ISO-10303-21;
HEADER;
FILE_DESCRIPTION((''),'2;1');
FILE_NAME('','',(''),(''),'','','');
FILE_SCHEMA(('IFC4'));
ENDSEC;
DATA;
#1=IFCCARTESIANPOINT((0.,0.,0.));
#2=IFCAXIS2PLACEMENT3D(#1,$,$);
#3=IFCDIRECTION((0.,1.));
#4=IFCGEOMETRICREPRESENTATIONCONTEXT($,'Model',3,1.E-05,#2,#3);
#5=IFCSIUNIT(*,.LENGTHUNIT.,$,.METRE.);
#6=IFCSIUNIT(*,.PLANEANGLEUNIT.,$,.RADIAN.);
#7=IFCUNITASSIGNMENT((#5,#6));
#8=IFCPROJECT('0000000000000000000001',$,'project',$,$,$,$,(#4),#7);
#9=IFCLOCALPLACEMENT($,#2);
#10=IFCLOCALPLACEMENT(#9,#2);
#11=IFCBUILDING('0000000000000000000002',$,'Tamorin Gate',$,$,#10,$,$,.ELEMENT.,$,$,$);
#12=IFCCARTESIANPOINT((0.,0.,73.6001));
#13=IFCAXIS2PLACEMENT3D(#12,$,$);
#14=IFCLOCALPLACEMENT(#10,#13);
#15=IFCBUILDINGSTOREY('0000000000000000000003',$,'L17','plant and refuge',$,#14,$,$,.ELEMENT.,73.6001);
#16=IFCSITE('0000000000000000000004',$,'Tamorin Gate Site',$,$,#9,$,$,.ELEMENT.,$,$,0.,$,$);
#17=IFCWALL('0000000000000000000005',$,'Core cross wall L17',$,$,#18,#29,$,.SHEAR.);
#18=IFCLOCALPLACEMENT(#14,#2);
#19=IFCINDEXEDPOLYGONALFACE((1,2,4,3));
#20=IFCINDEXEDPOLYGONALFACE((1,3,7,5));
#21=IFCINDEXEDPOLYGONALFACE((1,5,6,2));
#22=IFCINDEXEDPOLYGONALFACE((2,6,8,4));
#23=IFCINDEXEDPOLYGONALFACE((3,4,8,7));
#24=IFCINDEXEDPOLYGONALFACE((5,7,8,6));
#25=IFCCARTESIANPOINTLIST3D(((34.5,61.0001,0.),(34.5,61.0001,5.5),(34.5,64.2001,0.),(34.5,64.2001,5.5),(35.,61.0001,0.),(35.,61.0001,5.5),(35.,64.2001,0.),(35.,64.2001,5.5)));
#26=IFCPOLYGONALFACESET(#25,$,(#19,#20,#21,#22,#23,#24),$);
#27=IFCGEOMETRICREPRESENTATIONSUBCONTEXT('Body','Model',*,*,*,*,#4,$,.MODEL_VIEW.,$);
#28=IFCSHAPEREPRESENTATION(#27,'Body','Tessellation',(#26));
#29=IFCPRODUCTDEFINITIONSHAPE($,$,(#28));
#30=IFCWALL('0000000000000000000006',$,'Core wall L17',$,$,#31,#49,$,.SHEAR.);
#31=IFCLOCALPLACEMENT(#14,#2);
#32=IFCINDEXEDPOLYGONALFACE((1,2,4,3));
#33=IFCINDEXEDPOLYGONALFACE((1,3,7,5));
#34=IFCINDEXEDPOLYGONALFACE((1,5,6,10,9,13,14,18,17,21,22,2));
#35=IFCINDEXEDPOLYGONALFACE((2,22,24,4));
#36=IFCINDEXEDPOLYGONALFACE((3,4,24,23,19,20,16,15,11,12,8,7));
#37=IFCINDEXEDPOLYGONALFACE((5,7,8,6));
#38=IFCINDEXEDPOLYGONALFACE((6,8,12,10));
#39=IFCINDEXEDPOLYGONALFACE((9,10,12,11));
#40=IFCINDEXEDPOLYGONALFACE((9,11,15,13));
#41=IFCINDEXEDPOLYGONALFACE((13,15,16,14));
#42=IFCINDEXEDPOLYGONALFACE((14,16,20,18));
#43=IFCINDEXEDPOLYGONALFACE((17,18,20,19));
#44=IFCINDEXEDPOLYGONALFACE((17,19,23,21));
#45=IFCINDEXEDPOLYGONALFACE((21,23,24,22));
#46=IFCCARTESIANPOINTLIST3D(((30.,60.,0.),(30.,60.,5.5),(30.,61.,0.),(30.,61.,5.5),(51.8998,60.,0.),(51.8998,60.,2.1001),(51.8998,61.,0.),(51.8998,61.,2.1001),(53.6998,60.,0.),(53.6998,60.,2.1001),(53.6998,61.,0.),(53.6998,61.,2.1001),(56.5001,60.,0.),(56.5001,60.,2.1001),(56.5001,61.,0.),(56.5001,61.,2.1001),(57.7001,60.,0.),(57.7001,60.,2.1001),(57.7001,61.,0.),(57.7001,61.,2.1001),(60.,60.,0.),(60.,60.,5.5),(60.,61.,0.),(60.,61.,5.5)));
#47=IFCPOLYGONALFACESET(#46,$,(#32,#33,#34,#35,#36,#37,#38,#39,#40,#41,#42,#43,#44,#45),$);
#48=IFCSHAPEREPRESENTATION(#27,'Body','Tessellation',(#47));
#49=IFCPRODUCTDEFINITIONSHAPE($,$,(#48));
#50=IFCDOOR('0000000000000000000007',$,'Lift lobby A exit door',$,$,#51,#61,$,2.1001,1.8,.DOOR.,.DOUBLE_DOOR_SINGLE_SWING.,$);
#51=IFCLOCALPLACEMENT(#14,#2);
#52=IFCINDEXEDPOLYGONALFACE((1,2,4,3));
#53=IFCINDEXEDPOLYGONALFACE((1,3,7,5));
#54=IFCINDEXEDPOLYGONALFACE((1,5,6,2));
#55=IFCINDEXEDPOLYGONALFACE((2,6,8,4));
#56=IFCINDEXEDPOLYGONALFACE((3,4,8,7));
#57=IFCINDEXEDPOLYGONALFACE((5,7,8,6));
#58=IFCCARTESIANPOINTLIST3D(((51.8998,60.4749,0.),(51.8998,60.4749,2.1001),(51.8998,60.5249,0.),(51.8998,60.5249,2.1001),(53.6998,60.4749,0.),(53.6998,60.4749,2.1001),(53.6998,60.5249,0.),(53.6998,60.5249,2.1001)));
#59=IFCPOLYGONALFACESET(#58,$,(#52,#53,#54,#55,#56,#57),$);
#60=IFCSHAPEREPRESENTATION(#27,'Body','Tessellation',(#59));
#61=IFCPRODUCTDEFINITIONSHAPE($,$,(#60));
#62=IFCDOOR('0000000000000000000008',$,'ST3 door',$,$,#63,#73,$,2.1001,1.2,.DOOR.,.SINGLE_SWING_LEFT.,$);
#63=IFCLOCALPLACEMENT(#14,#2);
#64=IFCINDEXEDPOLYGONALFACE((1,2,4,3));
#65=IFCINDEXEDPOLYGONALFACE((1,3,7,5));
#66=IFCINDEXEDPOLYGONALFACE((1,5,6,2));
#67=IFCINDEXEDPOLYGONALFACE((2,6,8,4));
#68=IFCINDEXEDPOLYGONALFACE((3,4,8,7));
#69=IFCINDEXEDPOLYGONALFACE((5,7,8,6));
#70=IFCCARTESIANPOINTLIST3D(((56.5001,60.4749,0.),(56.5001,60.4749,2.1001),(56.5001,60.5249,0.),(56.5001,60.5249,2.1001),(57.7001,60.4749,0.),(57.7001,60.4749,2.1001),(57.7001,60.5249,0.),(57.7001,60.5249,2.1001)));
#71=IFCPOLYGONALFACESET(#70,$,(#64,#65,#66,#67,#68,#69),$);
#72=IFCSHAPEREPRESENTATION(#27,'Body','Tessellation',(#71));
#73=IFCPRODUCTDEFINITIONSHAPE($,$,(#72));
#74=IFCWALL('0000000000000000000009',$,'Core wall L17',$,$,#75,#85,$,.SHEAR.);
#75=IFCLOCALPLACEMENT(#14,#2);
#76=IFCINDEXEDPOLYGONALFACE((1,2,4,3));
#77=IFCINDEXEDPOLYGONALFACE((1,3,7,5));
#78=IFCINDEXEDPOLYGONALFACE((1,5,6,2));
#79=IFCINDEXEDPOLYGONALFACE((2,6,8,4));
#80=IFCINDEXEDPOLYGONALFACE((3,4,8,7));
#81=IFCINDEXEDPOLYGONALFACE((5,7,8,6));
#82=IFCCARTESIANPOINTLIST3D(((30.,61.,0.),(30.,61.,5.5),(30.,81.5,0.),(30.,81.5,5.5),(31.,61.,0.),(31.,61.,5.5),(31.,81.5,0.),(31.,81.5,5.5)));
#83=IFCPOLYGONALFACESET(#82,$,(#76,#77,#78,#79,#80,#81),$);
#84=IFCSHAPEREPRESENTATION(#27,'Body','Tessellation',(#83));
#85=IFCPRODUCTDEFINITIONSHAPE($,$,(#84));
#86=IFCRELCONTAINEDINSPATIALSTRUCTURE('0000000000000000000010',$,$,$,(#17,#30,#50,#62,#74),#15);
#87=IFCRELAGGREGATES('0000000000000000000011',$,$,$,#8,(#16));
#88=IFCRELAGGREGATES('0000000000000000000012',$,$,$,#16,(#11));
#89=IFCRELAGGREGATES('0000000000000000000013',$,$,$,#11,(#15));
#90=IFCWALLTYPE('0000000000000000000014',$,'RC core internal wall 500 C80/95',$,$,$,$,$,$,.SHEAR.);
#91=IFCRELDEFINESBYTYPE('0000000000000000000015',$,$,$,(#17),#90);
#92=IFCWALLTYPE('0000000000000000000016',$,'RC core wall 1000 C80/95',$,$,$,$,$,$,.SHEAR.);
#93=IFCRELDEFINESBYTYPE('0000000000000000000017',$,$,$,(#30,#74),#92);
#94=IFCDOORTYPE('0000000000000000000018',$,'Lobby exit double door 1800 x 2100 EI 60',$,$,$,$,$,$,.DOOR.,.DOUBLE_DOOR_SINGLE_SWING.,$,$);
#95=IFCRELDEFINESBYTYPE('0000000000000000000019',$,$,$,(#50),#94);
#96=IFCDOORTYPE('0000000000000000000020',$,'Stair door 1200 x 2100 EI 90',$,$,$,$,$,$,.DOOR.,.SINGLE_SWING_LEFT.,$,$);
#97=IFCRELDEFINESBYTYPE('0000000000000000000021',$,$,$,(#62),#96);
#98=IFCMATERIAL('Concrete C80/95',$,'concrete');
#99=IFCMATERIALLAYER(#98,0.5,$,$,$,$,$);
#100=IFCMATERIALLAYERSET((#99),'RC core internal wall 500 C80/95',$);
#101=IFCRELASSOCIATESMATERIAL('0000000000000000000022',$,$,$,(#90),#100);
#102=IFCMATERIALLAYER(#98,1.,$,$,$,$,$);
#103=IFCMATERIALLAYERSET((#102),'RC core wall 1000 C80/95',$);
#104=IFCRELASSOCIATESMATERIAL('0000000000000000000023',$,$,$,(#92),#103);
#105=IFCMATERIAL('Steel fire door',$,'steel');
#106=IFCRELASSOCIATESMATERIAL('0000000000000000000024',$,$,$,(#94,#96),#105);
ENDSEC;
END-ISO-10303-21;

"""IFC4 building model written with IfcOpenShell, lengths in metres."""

from ifc_helpers import new_model, si_unit, direction, frame, frame_2d, origin, place, context, subcontext, project, spatial, rectangle, extrude, material, layer, layer_set, type_object, element, fill, save


model = new_model("IFC4")

# Units and contexts
model_context = context("Model", 3, precision=1e-05, world=origin(), true_north=direction((0.0, 1.0)))
body_context = subcontext(model_context, "Body", "Model", "MODEL_VIEW")
ifc_project = project(units=[si_unit("LENGTHUNIT", "METRE"), si_unit("PLANEANGLEUNIT", "RADIAN")], contexts=[model_context])

# Site, building, storey
site_placement = place(None, origin())
site = spatial("IfcSite", under=ifc_project, at=site_placement, Name="Tamorin Gate Site", CompositionType="ELEMENT", RefElevation=0.0)
building_placement = place(site_placement, origin())
building = spatial("IfcBuilding", under=site, at=building_placement, Name="Tamorin Gate", CompositionType="ELEMENT")
storey_placement = place(building_placement, frame((0.0, 0.0, 73.6001)))
storey = spatial("IfcBuildingStorey", under=building, at=storey_placement, Name="L17", Description="plant and refuge", CompositionType="ELEMENT", Elevation=73.6001)

# Shared definitions
ifc_material_1 = material(Name="Concrete C80/95", Category="concrete")

# Wall
ifc_layer_1 = layer(ifc_material_1, 0.5)
ifc_layer_set_1 = layer_set([ifc_layer_1], Name="RC core internal wall 500 C80/95")
wall_type_1 = type_object("IfcWallType", Name="RC core internal wall 500 C80/95", PredefinedType="SHEAR", material=ifc_layer_set_1)
wall_1_placement = place(storey_placement, frame((34.75, 61.0, 0.0), z_axis=(0.0, 0.0, 1.0), x_axis=(0.0, 1.0, 0.0)))
element("IfcWall", 1, at=wall_1_placement, inside=storey, type_object=wall_type_1, Name="Core cross wall L17", PredefinedType="SHEAR", context=body_context, shape_type="SweptSolid", body=[
    extrude(rectangle(XDim=3.2, YDim=0.5, at=frame_2d((1.6001, 0.0))), origin(), (0.0, 0.0, 1.0), 5.5),
])

# Wall, openings, doors
ifc_layer_2 = layer(ifc_material_1, 1.0)
ifc_layer_set_2 = layer_set([ifc_layer_2], Name="RC core wall 1000 C80/95")
wall_type_2 = type_object("IfcWallType", Name="RC core wall 1000 C80/95", PredefinedType="SHEAR", material=ifc_layer_set_2)
wall_2_placement = place(storey_placement, frame((30.0, 60.5, 0.0), z_axis=(0.0, 0.0, 1.0), x_axis=(1.0, 0.0, 0.0)))
wall_2 = element("IfcWall", 2, at=wall_2_placement, inside=storey, type_object=wall_type_2, Name="Core wall L17", PredefinedType="SHEAR", context=body_context, shape_type="SweptSolid", body=[
    extrude(rectangle(XDim=30.0, YDim=1.0, at=frame_2d((15.0, 0.0))), origin(), (0.0, 0.0, 1.0), 5.5),
])
opening_1_placement = place(wall_2_placement, frame((21.8999, 0.0, 0.0)))
opening_1 = element("IfcOpeningElement", 3, at=opening_1_placement, cuts=wall_2, PredefinedType="OPENING", context=body_context, shape_type="SweptSolid", body=[
    extrude(rectangle(XDim=1.8, YDim=2.1001, at=frame_2d((0.8999, 1.05))), frame((0.0, 0.51, 0.0), z_axis=(0.0, -1.0, 0.0), x_axis=(1.0, 0.0, 0.0)), (0.0, 0.0, 1.0), 1.02),
])
opening_2_placement = place(wall_2_placement, frame((26.5, 0.0, 0.0)))
opening_2 = element("IfcOpeningElement", 4, at=opening_2_placement, cuts=wall_2, PredefinedType="OPENING", context=body_context, shape_type="SweptSolid", body=[
    extrude(rectangle(XDim=1.2, YDim=2.1001, at=frame_2d((0.6001, 1.05))), frame((0.0, 0.51, 0.0), z_axis=(0.0, -1.0, 0.0), x_axis=(1.0, 0.0, 0.0)), (0.0, 0.0, 1.0), 1.02),
])
ifc_material_2 = material(Name="Steel fire door", Category="steel")
door_type_1 = type_object("IfcDoorType", Name="Lobby exit double door 1800 x 2100 EI 60", OperationType="DOUBLE_DOOR_SINGLE_SWING", PredefinedType="DOOR", material=ifc_material_2)
door_1_placement = place(opening_1_placement, origin())
door_1 = element("IfcDoor", 5, at=door_1_placement, inside=storey, type_object=door_type_1, Name="Lift lobby A exit door", OperationType="DOUBLE_DOOR_SINGLE_SWING", OverallHeight=2.1001, OverallWidth=1.8, PredefinedType="DOOR", context=body_context, shape_type="SweptSolid", body=[
    extrude(rectangle(XDim=1.8, YDim=2.1001, at=frame_2d((0.8999, 1.05))), frame((0.0, 0.0249, 0.0), z_axis=(0.0, -1.0, 0.0), x_axis=(1.0, 0.0, 0.0)), (0.0, 0.0, 1.0), 0.05),
])
fill(opening_1, door_1)
door_type_2 = type_object("IfcDoorType", Name="Stair door 1200 x 2100 EI 90", OperationType="SINGLE_SWING_LEFT", PredefinedType="DOOR", material=ifc_material_2)
door_2_placement = place(opening_2_placement, origin())
door_2 = element("IfcDoor", 6, at=door_2_placement, inside=storey, type_object=door_type_2, Name="ST3 door", OperationType="SINGLE_SWING_LEFT", OverallHeight=2.1001, OverallWidth=1.2, PredefinedType="DOOR", context=body_context, shape_type="SweptSolid", body=[
    extrude(rectangle(XDim=1.2, YDim=2.1001, at=frame_2d((0.6001, 1.05))), frame((0.0, 0.0249, 0.0), z_axis=(0.0, -1.0, 0.0), x_axis=(1.0, 0.0, 0.0)), (0.0, 0.0, 1.0), 0.05),
])
fill(opening_2, door_2)

# Wall
wall_3_placement = place(storey_placement, frame((30.5, 61.0, 0.0), z_axis=(0.0, 0.0, 1.0), x_axis=(0.0, 1.0, 0.0)))
element("IfcWall", 7, at=wall_3_placement, inside=storey, type_object=wall_type_2, Name="Core wall L17", PredefinedType="SHEAR", context=body_context, shape_type="SweptSolid", body=[
    extrude(rectangle(XDim=20.5, YDim=1.0, at=frame_2d((10.25, 0.0))), origin(), (0.0, 0.0, 1.0), 5.5),
])

save(model, "model.ifc")
